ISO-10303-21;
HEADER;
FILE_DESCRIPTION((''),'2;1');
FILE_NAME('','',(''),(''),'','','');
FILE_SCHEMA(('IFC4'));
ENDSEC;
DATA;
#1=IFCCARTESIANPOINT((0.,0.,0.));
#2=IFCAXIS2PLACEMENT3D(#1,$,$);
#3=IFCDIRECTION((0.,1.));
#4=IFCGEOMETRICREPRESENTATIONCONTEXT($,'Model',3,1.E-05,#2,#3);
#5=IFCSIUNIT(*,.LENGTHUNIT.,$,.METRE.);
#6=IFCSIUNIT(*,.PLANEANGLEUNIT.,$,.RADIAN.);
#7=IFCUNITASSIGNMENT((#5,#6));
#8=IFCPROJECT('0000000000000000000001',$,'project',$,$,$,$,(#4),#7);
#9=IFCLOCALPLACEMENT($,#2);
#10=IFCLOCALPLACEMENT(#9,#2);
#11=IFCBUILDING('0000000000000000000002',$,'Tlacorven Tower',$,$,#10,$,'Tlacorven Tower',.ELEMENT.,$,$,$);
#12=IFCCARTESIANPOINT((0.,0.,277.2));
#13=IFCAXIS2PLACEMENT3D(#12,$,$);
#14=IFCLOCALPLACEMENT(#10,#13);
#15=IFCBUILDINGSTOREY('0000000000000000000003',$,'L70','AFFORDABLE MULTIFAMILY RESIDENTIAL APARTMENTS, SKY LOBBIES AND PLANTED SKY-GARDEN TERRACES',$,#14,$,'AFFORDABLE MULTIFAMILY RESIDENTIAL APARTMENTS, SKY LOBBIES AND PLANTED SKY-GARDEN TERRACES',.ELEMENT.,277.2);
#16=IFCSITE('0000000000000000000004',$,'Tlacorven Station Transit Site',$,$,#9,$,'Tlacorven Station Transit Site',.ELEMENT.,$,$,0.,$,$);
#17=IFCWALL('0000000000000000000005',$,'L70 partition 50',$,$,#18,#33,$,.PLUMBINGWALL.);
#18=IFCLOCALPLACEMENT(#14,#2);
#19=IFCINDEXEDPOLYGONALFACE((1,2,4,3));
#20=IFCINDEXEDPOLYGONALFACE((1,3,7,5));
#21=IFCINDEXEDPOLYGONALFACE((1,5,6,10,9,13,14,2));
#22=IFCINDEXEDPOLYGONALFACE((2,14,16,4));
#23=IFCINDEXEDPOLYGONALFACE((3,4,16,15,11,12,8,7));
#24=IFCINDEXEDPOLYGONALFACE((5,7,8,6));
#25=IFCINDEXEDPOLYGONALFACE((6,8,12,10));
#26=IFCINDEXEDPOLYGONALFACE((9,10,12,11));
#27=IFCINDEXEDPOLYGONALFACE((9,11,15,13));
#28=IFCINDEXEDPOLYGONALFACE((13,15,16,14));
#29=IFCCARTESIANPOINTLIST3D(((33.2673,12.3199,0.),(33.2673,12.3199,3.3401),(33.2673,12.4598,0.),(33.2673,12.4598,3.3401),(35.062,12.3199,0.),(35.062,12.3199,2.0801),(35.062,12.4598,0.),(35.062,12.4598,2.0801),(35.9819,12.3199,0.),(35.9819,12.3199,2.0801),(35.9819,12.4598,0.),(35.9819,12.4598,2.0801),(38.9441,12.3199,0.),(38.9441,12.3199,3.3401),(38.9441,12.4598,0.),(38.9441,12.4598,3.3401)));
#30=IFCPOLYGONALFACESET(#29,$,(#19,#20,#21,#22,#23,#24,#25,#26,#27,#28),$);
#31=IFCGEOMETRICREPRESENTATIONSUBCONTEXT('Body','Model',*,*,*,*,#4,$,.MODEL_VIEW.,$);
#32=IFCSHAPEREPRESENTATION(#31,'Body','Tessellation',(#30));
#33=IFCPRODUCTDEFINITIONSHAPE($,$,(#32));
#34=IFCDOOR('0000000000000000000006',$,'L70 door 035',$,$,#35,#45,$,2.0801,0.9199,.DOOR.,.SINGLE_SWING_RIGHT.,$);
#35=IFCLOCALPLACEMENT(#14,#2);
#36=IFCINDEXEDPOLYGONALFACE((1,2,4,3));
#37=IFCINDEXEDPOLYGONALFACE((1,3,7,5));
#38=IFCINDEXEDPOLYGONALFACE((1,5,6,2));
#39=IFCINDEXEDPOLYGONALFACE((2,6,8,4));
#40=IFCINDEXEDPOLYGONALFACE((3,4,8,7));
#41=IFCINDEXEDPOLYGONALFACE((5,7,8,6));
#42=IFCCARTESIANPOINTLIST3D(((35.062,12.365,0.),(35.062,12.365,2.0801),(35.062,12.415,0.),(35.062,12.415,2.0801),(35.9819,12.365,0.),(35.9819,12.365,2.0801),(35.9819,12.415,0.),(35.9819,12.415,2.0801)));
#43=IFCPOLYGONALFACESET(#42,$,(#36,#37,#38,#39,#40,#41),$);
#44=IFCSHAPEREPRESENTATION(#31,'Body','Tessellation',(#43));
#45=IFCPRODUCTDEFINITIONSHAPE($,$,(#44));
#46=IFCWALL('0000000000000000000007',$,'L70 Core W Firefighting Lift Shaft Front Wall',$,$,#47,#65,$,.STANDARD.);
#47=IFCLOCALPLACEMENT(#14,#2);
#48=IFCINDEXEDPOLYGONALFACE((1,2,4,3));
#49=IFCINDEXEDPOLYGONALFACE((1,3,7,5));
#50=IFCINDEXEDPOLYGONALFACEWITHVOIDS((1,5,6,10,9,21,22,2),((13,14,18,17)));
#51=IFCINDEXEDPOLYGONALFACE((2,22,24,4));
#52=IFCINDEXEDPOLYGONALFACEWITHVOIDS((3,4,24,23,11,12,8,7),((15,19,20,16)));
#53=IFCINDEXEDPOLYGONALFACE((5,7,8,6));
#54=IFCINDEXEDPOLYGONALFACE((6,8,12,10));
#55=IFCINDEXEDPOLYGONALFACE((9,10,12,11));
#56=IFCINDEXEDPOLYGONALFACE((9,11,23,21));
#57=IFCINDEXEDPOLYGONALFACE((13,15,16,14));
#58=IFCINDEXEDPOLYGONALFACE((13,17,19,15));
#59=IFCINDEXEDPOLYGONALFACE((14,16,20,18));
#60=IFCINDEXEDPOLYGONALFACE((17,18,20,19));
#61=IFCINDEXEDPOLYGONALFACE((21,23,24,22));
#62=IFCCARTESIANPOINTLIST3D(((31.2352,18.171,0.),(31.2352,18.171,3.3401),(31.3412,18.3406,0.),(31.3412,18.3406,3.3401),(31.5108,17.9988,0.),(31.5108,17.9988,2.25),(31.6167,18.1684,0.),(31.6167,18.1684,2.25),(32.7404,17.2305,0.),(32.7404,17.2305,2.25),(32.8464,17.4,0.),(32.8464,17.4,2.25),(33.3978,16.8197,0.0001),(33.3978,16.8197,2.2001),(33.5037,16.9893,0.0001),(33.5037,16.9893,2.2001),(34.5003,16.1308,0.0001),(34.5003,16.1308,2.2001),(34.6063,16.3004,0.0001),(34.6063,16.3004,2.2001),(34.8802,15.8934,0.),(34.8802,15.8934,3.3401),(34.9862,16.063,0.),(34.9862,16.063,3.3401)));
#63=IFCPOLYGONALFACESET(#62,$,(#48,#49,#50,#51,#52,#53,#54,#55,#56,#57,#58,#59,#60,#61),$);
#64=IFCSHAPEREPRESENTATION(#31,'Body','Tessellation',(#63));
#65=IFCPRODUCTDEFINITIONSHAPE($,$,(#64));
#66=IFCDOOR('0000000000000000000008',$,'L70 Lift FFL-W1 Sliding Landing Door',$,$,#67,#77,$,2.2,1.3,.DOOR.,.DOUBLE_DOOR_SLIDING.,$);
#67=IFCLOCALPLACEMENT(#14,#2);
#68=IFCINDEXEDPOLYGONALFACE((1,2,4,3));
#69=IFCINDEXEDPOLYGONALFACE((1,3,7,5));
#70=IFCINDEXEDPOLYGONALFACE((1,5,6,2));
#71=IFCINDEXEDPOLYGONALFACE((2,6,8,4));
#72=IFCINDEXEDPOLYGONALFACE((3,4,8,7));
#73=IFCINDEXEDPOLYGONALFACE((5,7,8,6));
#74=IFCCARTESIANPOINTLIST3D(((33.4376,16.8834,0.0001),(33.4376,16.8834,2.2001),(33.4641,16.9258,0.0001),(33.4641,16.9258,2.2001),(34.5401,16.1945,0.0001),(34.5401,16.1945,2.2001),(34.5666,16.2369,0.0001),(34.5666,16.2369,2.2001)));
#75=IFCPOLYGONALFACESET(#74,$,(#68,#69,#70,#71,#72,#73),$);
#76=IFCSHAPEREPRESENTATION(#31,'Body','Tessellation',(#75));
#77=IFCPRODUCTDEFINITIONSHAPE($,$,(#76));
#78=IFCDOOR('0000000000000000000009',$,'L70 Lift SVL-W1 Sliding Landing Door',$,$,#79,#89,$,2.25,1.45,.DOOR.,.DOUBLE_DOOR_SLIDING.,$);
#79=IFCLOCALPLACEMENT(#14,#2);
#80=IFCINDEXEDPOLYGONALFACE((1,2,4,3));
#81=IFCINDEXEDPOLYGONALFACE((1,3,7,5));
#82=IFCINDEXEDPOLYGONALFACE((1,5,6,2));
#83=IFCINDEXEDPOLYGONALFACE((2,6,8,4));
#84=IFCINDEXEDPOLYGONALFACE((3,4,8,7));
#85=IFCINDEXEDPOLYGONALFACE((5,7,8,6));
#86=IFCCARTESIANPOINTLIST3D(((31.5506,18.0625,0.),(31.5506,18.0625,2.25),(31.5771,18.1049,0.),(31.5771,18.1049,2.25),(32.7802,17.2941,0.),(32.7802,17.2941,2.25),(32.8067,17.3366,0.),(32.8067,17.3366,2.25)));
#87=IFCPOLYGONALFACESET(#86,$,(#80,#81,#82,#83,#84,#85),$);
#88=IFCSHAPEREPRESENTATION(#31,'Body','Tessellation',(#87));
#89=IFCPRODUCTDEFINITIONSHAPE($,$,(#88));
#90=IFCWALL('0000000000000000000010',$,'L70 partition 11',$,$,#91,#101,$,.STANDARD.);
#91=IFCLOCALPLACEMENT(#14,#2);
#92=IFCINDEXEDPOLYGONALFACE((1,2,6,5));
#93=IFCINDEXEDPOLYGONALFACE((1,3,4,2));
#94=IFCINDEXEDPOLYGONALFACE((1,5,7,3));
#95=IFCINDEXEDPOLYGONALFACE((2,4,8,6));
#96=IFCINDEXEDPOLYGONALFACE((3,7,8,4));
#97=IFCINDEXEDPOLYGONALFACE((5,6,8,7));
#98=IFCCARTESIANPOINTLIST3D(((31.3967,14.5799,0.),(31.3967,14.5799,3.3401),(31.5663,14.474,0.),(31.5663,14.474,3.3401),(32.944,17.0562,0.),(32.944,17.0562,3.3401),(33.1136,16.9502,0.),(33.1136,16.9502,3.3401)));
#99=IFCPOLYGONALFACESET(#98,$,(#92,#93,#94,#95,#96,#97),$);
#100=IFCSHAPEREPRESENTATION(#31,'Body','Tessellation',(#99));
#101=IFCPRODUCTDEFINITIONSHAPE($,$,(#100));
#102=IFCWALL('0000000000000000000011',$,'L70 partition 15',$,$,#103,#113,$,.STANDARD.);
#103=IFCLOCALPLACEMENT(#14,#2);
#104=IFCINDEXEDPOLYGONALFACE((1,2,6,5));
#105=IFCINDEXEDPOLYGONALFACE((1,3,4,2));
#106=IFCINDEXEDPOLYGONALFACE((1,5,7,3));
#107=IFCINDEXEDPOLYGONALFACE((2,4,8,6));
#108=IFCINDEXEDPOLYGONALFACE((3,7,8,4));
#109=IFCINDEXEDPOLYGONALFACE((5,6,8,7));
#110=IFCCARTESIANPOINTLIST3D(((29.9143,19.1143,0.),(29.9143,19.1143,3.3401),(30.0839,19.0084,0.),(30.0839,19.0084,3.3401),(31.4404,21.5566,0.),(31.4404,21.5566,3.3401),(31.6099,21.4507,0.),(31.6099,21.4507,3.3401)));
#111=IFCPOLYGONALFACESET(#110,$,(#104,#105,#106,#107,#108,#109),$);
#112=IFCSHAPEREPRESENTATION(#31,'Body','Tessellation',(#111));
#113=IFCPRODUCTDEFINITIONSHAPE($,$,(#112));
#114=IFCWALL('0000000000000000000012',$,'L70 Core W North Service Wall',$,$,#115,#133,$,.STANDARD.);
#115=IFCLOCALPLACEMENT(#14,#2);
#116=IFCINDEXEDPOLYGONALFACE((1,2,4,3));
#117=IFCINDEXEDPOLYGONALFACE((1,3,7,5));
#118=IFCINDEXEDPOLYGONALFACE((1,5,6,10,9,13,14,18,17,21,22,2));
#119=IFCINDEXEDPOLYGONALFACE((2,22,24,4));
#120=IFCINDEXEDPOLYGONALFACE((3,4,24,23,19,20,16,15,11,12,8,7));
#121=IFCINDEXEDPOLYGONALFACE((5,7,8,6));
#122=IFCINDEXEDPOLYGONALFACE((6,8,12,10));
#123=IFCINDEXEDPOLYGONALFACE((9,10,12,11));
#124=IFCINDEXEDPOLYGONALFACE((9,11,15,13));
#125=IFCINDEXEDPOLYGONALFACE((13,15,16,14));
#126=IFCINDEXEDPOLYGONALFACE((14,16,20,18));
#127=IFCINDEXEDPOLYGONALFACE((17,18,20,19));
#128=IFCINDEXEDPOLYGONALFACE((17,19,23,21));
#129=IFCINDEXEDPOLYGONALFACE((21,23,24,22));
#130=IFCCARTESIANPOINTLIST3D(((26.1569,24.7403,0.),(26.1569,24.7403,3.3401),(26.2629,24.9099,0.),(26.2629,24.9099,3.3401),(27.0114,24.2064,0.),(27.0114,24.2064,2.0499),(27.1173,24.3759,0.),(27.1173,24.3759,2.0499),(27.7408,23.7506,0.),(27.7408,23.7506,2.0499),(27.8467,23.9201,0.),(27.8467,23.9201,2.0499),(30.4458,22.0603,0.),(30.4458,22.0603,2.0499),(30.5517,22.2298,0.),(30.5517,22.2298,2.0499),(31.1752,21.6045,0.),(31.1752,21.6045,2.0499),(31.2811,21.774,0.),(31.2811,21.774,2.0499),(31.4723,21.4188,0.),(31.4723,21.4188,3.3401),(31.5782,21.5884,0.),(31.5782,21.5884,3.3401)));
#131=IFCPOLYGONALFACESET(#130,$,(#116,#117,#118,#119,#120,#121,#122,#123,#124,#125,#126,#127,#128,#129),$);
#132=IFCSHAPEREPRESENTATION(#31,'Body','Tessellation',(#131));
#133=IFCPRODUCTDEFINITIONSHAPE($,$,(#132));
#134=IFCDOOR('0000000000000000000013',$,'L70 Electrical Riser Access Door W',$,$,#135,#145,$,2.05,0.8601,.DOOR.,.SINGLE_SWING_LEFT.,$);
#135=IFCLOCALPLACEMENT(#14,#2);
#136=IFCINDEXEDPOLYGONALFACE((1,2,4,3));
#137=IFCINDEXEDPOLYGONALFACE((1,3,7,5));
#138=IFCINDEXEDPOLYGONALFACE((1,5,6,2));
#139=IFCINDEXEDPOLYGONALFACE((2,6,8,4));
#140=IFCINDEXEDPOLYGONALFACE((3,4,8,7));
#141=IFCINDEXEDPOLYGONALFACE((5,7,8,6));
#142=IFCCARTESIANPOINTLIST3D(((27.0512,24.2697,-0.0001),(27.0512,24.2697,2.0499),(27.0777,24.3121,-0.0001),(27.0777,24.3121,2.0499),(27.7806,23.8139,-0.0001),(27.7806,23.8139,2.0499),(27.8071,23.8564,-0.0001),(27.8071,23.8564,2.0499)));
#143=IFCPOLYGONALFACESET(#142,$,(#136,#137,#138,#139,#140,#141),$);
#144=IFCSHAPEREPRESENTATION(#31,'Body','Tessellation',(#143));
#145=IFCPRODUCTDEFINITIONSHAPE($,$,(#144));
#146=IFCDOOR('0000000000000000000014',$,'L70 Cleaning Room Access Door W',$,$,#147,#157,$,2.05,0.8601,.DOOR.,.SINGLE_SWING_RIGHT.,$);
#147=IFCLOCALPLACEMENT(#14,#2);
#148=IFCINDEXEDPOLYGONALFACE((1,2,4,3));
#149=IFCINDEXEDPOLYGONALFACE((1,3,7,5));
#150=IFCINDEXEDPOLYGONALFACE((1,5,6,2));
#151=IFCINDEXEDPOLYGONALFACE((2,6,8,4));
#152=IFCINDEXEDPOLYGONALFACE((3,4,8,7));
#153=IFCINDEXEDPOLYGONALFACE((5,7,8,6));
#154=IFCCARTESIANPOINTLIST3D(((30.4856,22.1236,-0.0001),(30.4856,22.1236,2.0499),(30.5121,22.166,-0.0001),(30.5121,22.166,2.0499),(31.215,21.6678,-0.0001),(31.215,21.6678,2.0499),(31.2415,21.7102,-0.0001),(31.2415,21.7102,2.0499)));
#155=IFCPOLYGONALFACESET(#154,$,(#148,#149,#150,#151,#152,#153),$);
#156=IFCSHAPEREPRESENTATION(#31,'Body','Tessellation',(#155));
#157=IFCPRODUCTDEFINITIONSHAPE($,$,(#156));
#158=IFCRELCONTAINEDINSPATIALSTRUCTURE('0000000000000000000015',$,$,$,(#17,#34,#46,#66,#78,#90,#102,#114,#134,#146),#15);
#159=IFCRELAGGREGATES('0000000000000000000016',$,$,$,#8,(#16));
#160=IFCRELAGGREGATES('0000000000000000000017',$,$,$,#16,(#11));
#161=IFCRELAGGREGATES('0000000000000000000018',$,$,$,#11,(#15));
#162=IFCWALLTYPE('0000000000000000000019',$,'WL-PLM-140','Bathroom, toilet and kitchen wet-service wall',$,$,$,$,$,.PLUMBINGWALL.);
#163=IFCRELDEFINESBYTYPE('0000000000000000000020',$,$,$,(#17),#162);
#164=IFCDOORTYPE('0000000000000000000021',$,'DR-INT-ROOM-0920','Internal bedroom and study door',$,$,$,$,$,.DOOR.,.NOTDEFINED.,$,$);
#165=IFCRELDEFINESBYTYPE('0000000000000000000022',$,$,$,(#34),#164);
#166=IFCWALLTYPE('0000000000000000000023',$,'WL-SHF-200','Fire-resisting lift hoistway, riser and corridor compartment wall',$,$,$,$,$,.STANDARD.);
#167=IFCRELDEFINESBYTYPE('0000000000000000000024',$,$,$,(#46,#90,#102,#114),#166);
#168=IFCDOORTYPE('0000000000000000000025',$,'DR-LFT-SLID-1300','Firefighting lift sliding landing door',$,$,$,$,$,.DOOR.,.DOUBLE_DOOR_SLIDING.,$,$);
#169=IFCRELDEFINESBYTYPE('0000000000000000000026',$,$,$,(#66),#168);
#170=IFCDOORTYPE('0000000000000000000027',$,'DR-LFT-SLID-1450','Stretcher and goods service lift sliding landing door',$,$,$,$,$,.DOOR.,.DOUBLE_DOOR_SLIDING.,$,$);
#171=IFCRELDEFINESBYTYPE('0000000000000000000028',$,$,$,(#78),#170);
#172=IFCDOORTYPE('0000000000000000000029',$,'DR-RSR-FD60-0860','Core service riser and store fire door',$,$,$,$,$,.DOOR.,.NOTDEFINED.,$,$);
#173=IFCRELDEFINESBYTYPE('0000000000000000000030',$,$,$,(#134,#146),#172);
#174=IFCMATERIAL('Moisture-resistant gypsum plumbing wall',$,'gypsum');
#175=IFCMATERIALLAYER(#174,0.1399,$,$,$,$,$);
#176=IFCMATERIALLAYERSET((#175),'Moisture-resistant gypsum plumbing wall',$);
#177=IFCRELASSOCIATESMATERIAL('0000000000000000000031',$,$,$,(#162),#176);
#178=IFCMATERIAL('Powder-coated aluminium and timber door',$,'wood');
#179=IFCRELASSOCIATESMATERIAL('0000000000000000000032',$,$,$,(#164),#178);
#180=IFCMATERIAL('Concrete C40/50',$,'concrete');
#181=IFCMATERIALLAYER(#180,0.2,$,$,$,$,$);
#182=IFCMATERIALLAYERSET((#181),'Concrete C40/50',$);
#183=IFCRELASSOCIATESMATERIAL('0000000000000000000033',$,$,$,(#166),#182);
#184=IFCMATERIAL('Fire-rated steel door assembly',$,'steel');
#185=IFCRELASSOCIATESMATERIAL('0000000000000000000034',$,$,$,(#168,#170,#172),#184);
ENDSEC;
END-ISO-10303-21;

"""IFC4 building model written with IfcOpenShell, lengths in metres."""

from ifc_helpers import new_model, si_unit, direction, frame, frame_2d, origin, place, context, subcontext, project, spatial, rectangle, extrude, source, transform, mapped, material, layer, layer_set, type_object, element, fill, save


model = new_model("IFC4")

# Units and contexts
model_context = context("Model", 3, precision=1e-05, world=origin(), true_north=direction((0.0, 1.0)))
body_context = subcontext(model_context, "Body", "Model", "MODEL_VIEW")
ifc_project = project(units=[si_unit("LENGTHUNIT", "METRE"), si_unit("PLANEANGLEUNIT", "RADIAN")], contexts=[model_context])

# Site, building, storey
site_placement = place(None, origin())
site = spatial("IfcSite", under=ifc_project, at=site_placement, Name="Tlacorven Station Transit Site", LongName="Tlacorven Station Transit Site", CompositionType="ELEMENT", RefElevation=0.0)
building_placement = place(site_placement, origin())
building = spatial("IfcBuilding", under=site, at=building_placement, Name="Tlacorven Tower", LongName="Tlacorven Tower", CompositionType="ELEMENT")
storey_placement = place(building_placement, frame((0.0, 0.0, 277.2)))
storey = spatial("IfcBuildingStorey", under=building, at=storey_placement, Name="L70", Description="AFFORDABLE MULTIFAMILY RESIDENTIAL APARTMENTS, SKY LOBBIES AND PLANTED SKY-GARDEN TERRACES", LongName="AFFORDABLE MULTIFAMILY RESIDENTIAL APARTMENTS, SKY LOBBIES AND PLANTED SKY-GARDEN TERRACES", CompositionType="ELEMENT", Elevation=277.2)

# Shared definitions
ifc_material_1 = material(Name="Moisture-resistant gypsum plumbing wall", Category="gypsum")
ifc_layer_1 = layer(ifc_material_1, 0.1399)
ifc_layer_set_1 = layer_set([ifc_layer_1], Name="Moisture-resistant gypsum plumbing wall")
wall_type_1 = type_object("IfcWallType", Name="WL-PLM-140", Description="Bathroom, toilet and kitchen wet-service wall", PredefinedType="PLUMBINGWALL", material=ifc_layer_set_1)
ifc_material_2 = material(Name="Powder-coated aluminium and timber door", Category="wood")

# Wall, opening, door
wall_1_placement = place(storey_placement, frame((33.2673, 12.3899, 0.0), z_axis=(0.0, 0.0, 1.0), x_axis=(1.0, 0.0, 0.0)))
wall_1 = element("IfcWall", 1, at=wall_1_placement, inside=storey, type_object=wall_type_1, Name="L70 partition 50", PredefinedType="PLUMBINGWALL", context=body_context, shape_type="SweptSolid", body=[
    extrude(rectangle(XDim=5.6768, YDim=0.1399, at=frame_2d((2.8384, 0.0))), origin(), (0.0, 0.0, 1.0), 3.3401),
])
opening_1_placement = place(wall_1_placement, frame((1.7947, 0.0, 0.0)))
opening_1 = element("IfcOpeningElement", 2, at=opening_1_placement, cuts=wall_1, PredefinedType="OPENING", context=body_context, shape_type="SweptSolid", body=[
    extrude(rectangle(XDim=0.9199, YDim=2.0801, at=frame_2d((0.46, 1.04))), frame((0.0, 0.0801, 0.0), z_axis=(0.0, -1.0, 0.0), x_axis=(1.0, 0.0, 0.0)), (0.0, 0.0, 1.0), 0.1599),
])
door_type_1 = type_object("IfcDoorType", Name="DR-INT-ROOM-0920", Description="Internal bedroom and study door", OperationType="NOTDEFINED", PredefinedType="DOOR", material=ifc_material_2)
shared_shape_1 = source(origin(), body_context, "Body", "SweptSolid", [
    extrude(rectangle(XDim=0.9199, YDim=2.0801, at=frame_2d((0.46, 1.04))), frame((0.0, 0.0249, 0.0), z_axis=(0.0, -1.0, 0.0), x_axis=(1.0, 0.0, 0.0)), (0.0, 0.0, 1.0), 0.05),
])
door_1_placement = place(opening_1_placement, frame((0.9199, 0.0, 0.0), z_axis=(0.0, 0.0, 1.0), x_axis=(-1.0, 0.0, 0.0)))
door_1 = element("IfcDoor", 3, at=door_1_placement, inside=storey, type_object=door_type_1, Name="L70 door 035", OperationType="SINGLE_SWING_RIGHT", OverallHeight=2.0801, OverallWidth=0.9199, PredefinedType="DOOR", context=body_context, shape_type="MappedRepresentation", body=[
    mapped(shared_shape_1, transform((0.0, 0.0, 0.0), scale=1.0)),
])
fill(opening_1, door_1)

# Wall, openings, doors
ifc_material_3 = material(Name="Concrete C40/50", Category="concrete")
ifc_layer_2 = layer(ifc_material_3, 0.2)
ifc_layer_set_2 = layer_set([ifc_layer_2], Name="Concrete C40/50")
wall_type_2 = type_object("IfcWallType", Name="WL-SHF-200", Description="Fire-resisting lift hoistway, riser and corridor compartment wall", PredefinedType="STANDARD", material=ifc_layer_set_2)
wall_2_placement = place(storey_placement, frame((34.9331, 15.9783, 0.0), z_axis=(0.0, 0.0, 1.0), x_axis=(-0.848056, 0.529907, 0.0)))
wall_2 = element("IfcWall", 4, at=wall_2_placement, inside=storey, type_object=wall_type_2, Name="L70 Core W Firefighting Lift Shaft Front Wall", PredefinedType="STANDARD", context=body_context, shape_type="SweptSolid", body=[
    extrude(rectangle(XDim=4.2981, YDim=0.2, at=frame_2d((2.1489, 0.0))), origin(), (0.0, 0.0, 1.0), 3.3401),
])
opening_2_placement = place(wall_2_placement, frame((0.448, 0.0, 0.0)))
opening_2 = element("IfcOpeningElement", 5, at=opening_2_placement, cuts=wall_2, PredefinedType="OPENING", context=body_context, shape_type="SweptSolid", body=[
    extrude(rectangle(XDim=1.3, YDim=2.2, at=frame_2d((0.6499, 1.1001))), frame((0.0, 0.1099, 0.0), z_axis=(0.0, -1.0, 0.0), x_axis=(1.0, 0.0, 0.0)), (0.0, 0.0, 1.0), 0.22),
])
opening_3_placement = place(wall_2_placement, frame((2.5229, 0.0, 0.0)))
opening_3 = element("IfcOpeningElement", 6, at=opening_3_placement, cuts=wall_2, PredefinedType="OPENING", context=body_context, shape_type="SweptSolid", body=[
    extrude(rectangle(XDim=1.45, YDim=2.25, at=frame_2d((0.7251, 1.125))), frame((0.0, 0.1099, 0.0), z_axis=(0.0, -1.0, 0.0), x_axis=(1.0, 0.0, 0.0)), (0.0, 0.0, 1.0), 0.22),
])
ifc_material_4 = material(Name="Fire-rated steel door assembly", Category="steel")
door_type_2 = type_object("IfcDoorType", Name="DR-LFT-SLID-1300", Description="Firefighting lift sliding landing door", OperationType="DOUBLE_DOOR_SLIDING", PredefinedType="DOOR", material=ifc_material_4)
shared_shape_2 = source(origin(), body_context, "Body", "SweptSolid", [
    extrude(rectangle(XDim=1.3, YDim=2.2, at=frame_2d((0.6499, 1.1001))), frame((0.0, 0.0249, 0.0), z_axis=(0.0, -1.0, 0.0), x_axis=(1.0, 0.0, 0.0)), (0.0, 0.0, 1.0), 0.05),
])
door_2_placement = place(opening_2_placement, origin())
door_2 = element("IfcDoor", 7, at=door_2_placement, inside=storey, type_object=door_type_2, Name="L70 Lift FFL-W1 Sliding Landing Door", OperationType="DOUBLE_DOOR_SLIDING", OverallHeight=2.2, OverallWidth=1.3, PredefinedType="DOOR", context=body_context, shape_type="MappedRepresentation", body=[
    mapped(shared_shape_2, transform((0.0, 0.0, 0.0), scale=1.0)),
])
fill(opening_2, door_2)
door_type_3 = type_object("IfcDoorType", Name="DR-LFT-SLID-1450", Description="Stretcher and goods service lift sliding landing door", OperationType="DOUBLE_DOOR_SLIDING", PredefinedType="DOOR", material=ifc_material_4)
shared_shape_3 = source(origin(), body_context, "Body", "SweptSolid", [
    extrude(rectangle(XDim=1.45, YDim=2.25, at=frame_2d((0.7251, 1.125))), frame((0.0, 0.0249, 0.0), z_axis=(0.0, -1.0, 0.0), x_axis=(1.0, 0.0, 0.0)), (0.0, 0.0, 1.0), 0.05),
])
door_3_placement = place(opening_3_placement, origin())
door_3 = element("IfcDoor", 8, at=door_3_placement, inside=storey, type_object=door_type_3, Name="L70 Lift SVL-W1 Sliding Landing Door", OperationType="DOUBLE_DOOR_SLIDING", OverallHeight=2.25, OverallWidth=1.45, PredefinedType="DOOR", context=body_context, shape_type="MappedRepresentation", body=[
    mapped(shared_shape_3, transform((0.0, 0.0, 0.0), scale=1.0)),
])
fill(opening_3, door_3)

# Walls
wall_3_placement = place(storey_placement, frame((33.0288, 17.0032, 0.0), z_axis=(0.0, 0.0, 1.0), x_axis=(-0.529916, -0.84805, 0.0)))
element("IfcWall", 9, at=wall_3_placement, inside=storey, type_object=wall_type_2, Name="L70 partition 11", PredefinedType="STANDARD", context=body_context, shape_type="SweptSolid", body=[
    extrude(rectangle(XDim=2.9199, YDim=0.2, at=frame_2d((1.46, 0.0))), origin(), (0.0, 0.0, 1.0), 3.3401),
])
wall_4_placement = place(storey_placement, frame((31.5251, 21.5037, 0.0), z_axis=(0.0, 0.0, 1.0), x_axis=(-0.529907, -0.848055, 0.0)))
element("IfcWall", 10, at=wall_4_placement, inside=storey, type_object=wall_type_2, Name="L70 partition 15", PredefinedType="STANDARD", context=body_context, shape_type="SweptSolid", body=[
    extrude(rectangle(XDim=2.8799, YDim=0.2, at=frame_2d((1.4399, 0.0))), origin(), (0.0, 0.0, 1.0), 3.3401),
])

# Wall, openings, doors
wall_5_placement = place(storey_placement, frame((31.5251, 21.5037, 0.0), z_axis=(0.0, 0.0, 1.0), x_axis=(-0.848042, 0.529929, 0.0)))
wall_5 = element("IfcWall", 11, at=wall_5_placement, inside=storey, type_object=wall_type_2, Name="L70 Core W North Service Wall", PredefinedType="STANDARD", context=body_context, shape_type="SweptSolid", body=[
    extrude(rectangle(XDim=6.2678, YDim=0.2, at=frame_2d((3.1338, 0.0))), origin(), (0.0, 0.0, 1.0), 3.3401),
])
opening_4_placement = place(wall_5_placement, frame((4.3999, 0.0, 0.0)))
opening_4 = element("IfcOpeningElement", 12, at=opening_4_placement, cuts=wall_5, PredefinedType="OPENING", context=body_context, shape_type="SweptSolid", body=[
    extrude(rectangle(XDim=0.8601, YDim=2.05, at=frame_2d((0.4302, 1.0249))), frame((0.0, 0.1099, 0.0), z_axis=(0.0, -1.0, 0.0), x_axis=(1.0, 0.0, 0.0)), (0.0, 0.0, 1.0), 0.22),
])
opening_5_placement = place(wall_5_placement, frame((0.3501, 0.0, 0.0)))
opening_5 = element("IfcOpeningElement", 13, at=opening_5_placement, cuts=wall_5, PredefinedType="OPENING", context=body_context, shape_type="SweptSolid", body=[
    extrude(rectangle(XDim=0.8601, YDim=2.05, at=frame_2d((0.4302, 1.0249))), frame((0.0, 0.1099, 0.0), z_axis=(0.0, -1.0, 0.0), x_axis=(1.0, 0.0, 0.0)), (0.0, 0.0, 1.0), 0.22),
])
door_type_4 = type_object("IfcDoorType", Name="DR-RSR-FD60-0860", Description="Core service riser and store fire door", OperationType="NOTDEFINED", PredefinedType="DOOR", material=ifc_material_4)
shared_shape_4 = source(origin(), body_context, "Body", "SweptSolid", [
    extrude(rectangle(XDim=0.8601, YDim=2.05, at=frame_2d((0.4302, 1.0249))), frame((0.0, 0.0249, 0.0), z_axis=(0.0, -1.0, 0.0), x_axis=(1.0, 0.0, 0.0)), (0.0, 0.0, 1.0), 0.05),
])
door_4_placement = place(opening_4_placement, frame((0.8601, 0.0, 0.0), z_axis=(0.0, 0.0, 1.0), x_axis=(-1.0, 0.0, 0.0)))
door_4 = element("IfcDoor", 14, at=door_4_placement, inside=storey, type_object=door_type_4, Name="L70 Electrical Riser Access Door W", OperationType="SINGLE_SWING_LEFT", OverallHeight=2.05, OverallWidth=0.8601, PredefinedType="DOOR", context=body_context, shape_type="MappedRepresentation", body=[
    mapped(shared_shape_4, transform((0.0, 0.0, 0.0), scale=1.0)),
])
fill(opening_4, door_4)
door_5_placement = place(opening_5_placement, frame((0.8601, 0.0, 0.0), z_axis=(0.0, 0.0, 1.0), x_axis=(-1.0, 0.0, 0.0)))
door_5 = element("IfcDoor", 15, at=door_5_placement, inside=storey, type_object=door_type_4, Name="L70 Cleaning Room Access Door W", OperationType="SINGLE_SWING_RIGHT", OverallHeight=2.05, OverallWidth=0.8601, PredefinedType="DOOR", context=body_context, shape_type="MappedRepresentation", body=[
    mapped(shared_shape_4, transform((0.0, 0.0, 0.0), scale=1.0)),
])
fill(opening_5, door_5)

save(model, "model.ifc")
